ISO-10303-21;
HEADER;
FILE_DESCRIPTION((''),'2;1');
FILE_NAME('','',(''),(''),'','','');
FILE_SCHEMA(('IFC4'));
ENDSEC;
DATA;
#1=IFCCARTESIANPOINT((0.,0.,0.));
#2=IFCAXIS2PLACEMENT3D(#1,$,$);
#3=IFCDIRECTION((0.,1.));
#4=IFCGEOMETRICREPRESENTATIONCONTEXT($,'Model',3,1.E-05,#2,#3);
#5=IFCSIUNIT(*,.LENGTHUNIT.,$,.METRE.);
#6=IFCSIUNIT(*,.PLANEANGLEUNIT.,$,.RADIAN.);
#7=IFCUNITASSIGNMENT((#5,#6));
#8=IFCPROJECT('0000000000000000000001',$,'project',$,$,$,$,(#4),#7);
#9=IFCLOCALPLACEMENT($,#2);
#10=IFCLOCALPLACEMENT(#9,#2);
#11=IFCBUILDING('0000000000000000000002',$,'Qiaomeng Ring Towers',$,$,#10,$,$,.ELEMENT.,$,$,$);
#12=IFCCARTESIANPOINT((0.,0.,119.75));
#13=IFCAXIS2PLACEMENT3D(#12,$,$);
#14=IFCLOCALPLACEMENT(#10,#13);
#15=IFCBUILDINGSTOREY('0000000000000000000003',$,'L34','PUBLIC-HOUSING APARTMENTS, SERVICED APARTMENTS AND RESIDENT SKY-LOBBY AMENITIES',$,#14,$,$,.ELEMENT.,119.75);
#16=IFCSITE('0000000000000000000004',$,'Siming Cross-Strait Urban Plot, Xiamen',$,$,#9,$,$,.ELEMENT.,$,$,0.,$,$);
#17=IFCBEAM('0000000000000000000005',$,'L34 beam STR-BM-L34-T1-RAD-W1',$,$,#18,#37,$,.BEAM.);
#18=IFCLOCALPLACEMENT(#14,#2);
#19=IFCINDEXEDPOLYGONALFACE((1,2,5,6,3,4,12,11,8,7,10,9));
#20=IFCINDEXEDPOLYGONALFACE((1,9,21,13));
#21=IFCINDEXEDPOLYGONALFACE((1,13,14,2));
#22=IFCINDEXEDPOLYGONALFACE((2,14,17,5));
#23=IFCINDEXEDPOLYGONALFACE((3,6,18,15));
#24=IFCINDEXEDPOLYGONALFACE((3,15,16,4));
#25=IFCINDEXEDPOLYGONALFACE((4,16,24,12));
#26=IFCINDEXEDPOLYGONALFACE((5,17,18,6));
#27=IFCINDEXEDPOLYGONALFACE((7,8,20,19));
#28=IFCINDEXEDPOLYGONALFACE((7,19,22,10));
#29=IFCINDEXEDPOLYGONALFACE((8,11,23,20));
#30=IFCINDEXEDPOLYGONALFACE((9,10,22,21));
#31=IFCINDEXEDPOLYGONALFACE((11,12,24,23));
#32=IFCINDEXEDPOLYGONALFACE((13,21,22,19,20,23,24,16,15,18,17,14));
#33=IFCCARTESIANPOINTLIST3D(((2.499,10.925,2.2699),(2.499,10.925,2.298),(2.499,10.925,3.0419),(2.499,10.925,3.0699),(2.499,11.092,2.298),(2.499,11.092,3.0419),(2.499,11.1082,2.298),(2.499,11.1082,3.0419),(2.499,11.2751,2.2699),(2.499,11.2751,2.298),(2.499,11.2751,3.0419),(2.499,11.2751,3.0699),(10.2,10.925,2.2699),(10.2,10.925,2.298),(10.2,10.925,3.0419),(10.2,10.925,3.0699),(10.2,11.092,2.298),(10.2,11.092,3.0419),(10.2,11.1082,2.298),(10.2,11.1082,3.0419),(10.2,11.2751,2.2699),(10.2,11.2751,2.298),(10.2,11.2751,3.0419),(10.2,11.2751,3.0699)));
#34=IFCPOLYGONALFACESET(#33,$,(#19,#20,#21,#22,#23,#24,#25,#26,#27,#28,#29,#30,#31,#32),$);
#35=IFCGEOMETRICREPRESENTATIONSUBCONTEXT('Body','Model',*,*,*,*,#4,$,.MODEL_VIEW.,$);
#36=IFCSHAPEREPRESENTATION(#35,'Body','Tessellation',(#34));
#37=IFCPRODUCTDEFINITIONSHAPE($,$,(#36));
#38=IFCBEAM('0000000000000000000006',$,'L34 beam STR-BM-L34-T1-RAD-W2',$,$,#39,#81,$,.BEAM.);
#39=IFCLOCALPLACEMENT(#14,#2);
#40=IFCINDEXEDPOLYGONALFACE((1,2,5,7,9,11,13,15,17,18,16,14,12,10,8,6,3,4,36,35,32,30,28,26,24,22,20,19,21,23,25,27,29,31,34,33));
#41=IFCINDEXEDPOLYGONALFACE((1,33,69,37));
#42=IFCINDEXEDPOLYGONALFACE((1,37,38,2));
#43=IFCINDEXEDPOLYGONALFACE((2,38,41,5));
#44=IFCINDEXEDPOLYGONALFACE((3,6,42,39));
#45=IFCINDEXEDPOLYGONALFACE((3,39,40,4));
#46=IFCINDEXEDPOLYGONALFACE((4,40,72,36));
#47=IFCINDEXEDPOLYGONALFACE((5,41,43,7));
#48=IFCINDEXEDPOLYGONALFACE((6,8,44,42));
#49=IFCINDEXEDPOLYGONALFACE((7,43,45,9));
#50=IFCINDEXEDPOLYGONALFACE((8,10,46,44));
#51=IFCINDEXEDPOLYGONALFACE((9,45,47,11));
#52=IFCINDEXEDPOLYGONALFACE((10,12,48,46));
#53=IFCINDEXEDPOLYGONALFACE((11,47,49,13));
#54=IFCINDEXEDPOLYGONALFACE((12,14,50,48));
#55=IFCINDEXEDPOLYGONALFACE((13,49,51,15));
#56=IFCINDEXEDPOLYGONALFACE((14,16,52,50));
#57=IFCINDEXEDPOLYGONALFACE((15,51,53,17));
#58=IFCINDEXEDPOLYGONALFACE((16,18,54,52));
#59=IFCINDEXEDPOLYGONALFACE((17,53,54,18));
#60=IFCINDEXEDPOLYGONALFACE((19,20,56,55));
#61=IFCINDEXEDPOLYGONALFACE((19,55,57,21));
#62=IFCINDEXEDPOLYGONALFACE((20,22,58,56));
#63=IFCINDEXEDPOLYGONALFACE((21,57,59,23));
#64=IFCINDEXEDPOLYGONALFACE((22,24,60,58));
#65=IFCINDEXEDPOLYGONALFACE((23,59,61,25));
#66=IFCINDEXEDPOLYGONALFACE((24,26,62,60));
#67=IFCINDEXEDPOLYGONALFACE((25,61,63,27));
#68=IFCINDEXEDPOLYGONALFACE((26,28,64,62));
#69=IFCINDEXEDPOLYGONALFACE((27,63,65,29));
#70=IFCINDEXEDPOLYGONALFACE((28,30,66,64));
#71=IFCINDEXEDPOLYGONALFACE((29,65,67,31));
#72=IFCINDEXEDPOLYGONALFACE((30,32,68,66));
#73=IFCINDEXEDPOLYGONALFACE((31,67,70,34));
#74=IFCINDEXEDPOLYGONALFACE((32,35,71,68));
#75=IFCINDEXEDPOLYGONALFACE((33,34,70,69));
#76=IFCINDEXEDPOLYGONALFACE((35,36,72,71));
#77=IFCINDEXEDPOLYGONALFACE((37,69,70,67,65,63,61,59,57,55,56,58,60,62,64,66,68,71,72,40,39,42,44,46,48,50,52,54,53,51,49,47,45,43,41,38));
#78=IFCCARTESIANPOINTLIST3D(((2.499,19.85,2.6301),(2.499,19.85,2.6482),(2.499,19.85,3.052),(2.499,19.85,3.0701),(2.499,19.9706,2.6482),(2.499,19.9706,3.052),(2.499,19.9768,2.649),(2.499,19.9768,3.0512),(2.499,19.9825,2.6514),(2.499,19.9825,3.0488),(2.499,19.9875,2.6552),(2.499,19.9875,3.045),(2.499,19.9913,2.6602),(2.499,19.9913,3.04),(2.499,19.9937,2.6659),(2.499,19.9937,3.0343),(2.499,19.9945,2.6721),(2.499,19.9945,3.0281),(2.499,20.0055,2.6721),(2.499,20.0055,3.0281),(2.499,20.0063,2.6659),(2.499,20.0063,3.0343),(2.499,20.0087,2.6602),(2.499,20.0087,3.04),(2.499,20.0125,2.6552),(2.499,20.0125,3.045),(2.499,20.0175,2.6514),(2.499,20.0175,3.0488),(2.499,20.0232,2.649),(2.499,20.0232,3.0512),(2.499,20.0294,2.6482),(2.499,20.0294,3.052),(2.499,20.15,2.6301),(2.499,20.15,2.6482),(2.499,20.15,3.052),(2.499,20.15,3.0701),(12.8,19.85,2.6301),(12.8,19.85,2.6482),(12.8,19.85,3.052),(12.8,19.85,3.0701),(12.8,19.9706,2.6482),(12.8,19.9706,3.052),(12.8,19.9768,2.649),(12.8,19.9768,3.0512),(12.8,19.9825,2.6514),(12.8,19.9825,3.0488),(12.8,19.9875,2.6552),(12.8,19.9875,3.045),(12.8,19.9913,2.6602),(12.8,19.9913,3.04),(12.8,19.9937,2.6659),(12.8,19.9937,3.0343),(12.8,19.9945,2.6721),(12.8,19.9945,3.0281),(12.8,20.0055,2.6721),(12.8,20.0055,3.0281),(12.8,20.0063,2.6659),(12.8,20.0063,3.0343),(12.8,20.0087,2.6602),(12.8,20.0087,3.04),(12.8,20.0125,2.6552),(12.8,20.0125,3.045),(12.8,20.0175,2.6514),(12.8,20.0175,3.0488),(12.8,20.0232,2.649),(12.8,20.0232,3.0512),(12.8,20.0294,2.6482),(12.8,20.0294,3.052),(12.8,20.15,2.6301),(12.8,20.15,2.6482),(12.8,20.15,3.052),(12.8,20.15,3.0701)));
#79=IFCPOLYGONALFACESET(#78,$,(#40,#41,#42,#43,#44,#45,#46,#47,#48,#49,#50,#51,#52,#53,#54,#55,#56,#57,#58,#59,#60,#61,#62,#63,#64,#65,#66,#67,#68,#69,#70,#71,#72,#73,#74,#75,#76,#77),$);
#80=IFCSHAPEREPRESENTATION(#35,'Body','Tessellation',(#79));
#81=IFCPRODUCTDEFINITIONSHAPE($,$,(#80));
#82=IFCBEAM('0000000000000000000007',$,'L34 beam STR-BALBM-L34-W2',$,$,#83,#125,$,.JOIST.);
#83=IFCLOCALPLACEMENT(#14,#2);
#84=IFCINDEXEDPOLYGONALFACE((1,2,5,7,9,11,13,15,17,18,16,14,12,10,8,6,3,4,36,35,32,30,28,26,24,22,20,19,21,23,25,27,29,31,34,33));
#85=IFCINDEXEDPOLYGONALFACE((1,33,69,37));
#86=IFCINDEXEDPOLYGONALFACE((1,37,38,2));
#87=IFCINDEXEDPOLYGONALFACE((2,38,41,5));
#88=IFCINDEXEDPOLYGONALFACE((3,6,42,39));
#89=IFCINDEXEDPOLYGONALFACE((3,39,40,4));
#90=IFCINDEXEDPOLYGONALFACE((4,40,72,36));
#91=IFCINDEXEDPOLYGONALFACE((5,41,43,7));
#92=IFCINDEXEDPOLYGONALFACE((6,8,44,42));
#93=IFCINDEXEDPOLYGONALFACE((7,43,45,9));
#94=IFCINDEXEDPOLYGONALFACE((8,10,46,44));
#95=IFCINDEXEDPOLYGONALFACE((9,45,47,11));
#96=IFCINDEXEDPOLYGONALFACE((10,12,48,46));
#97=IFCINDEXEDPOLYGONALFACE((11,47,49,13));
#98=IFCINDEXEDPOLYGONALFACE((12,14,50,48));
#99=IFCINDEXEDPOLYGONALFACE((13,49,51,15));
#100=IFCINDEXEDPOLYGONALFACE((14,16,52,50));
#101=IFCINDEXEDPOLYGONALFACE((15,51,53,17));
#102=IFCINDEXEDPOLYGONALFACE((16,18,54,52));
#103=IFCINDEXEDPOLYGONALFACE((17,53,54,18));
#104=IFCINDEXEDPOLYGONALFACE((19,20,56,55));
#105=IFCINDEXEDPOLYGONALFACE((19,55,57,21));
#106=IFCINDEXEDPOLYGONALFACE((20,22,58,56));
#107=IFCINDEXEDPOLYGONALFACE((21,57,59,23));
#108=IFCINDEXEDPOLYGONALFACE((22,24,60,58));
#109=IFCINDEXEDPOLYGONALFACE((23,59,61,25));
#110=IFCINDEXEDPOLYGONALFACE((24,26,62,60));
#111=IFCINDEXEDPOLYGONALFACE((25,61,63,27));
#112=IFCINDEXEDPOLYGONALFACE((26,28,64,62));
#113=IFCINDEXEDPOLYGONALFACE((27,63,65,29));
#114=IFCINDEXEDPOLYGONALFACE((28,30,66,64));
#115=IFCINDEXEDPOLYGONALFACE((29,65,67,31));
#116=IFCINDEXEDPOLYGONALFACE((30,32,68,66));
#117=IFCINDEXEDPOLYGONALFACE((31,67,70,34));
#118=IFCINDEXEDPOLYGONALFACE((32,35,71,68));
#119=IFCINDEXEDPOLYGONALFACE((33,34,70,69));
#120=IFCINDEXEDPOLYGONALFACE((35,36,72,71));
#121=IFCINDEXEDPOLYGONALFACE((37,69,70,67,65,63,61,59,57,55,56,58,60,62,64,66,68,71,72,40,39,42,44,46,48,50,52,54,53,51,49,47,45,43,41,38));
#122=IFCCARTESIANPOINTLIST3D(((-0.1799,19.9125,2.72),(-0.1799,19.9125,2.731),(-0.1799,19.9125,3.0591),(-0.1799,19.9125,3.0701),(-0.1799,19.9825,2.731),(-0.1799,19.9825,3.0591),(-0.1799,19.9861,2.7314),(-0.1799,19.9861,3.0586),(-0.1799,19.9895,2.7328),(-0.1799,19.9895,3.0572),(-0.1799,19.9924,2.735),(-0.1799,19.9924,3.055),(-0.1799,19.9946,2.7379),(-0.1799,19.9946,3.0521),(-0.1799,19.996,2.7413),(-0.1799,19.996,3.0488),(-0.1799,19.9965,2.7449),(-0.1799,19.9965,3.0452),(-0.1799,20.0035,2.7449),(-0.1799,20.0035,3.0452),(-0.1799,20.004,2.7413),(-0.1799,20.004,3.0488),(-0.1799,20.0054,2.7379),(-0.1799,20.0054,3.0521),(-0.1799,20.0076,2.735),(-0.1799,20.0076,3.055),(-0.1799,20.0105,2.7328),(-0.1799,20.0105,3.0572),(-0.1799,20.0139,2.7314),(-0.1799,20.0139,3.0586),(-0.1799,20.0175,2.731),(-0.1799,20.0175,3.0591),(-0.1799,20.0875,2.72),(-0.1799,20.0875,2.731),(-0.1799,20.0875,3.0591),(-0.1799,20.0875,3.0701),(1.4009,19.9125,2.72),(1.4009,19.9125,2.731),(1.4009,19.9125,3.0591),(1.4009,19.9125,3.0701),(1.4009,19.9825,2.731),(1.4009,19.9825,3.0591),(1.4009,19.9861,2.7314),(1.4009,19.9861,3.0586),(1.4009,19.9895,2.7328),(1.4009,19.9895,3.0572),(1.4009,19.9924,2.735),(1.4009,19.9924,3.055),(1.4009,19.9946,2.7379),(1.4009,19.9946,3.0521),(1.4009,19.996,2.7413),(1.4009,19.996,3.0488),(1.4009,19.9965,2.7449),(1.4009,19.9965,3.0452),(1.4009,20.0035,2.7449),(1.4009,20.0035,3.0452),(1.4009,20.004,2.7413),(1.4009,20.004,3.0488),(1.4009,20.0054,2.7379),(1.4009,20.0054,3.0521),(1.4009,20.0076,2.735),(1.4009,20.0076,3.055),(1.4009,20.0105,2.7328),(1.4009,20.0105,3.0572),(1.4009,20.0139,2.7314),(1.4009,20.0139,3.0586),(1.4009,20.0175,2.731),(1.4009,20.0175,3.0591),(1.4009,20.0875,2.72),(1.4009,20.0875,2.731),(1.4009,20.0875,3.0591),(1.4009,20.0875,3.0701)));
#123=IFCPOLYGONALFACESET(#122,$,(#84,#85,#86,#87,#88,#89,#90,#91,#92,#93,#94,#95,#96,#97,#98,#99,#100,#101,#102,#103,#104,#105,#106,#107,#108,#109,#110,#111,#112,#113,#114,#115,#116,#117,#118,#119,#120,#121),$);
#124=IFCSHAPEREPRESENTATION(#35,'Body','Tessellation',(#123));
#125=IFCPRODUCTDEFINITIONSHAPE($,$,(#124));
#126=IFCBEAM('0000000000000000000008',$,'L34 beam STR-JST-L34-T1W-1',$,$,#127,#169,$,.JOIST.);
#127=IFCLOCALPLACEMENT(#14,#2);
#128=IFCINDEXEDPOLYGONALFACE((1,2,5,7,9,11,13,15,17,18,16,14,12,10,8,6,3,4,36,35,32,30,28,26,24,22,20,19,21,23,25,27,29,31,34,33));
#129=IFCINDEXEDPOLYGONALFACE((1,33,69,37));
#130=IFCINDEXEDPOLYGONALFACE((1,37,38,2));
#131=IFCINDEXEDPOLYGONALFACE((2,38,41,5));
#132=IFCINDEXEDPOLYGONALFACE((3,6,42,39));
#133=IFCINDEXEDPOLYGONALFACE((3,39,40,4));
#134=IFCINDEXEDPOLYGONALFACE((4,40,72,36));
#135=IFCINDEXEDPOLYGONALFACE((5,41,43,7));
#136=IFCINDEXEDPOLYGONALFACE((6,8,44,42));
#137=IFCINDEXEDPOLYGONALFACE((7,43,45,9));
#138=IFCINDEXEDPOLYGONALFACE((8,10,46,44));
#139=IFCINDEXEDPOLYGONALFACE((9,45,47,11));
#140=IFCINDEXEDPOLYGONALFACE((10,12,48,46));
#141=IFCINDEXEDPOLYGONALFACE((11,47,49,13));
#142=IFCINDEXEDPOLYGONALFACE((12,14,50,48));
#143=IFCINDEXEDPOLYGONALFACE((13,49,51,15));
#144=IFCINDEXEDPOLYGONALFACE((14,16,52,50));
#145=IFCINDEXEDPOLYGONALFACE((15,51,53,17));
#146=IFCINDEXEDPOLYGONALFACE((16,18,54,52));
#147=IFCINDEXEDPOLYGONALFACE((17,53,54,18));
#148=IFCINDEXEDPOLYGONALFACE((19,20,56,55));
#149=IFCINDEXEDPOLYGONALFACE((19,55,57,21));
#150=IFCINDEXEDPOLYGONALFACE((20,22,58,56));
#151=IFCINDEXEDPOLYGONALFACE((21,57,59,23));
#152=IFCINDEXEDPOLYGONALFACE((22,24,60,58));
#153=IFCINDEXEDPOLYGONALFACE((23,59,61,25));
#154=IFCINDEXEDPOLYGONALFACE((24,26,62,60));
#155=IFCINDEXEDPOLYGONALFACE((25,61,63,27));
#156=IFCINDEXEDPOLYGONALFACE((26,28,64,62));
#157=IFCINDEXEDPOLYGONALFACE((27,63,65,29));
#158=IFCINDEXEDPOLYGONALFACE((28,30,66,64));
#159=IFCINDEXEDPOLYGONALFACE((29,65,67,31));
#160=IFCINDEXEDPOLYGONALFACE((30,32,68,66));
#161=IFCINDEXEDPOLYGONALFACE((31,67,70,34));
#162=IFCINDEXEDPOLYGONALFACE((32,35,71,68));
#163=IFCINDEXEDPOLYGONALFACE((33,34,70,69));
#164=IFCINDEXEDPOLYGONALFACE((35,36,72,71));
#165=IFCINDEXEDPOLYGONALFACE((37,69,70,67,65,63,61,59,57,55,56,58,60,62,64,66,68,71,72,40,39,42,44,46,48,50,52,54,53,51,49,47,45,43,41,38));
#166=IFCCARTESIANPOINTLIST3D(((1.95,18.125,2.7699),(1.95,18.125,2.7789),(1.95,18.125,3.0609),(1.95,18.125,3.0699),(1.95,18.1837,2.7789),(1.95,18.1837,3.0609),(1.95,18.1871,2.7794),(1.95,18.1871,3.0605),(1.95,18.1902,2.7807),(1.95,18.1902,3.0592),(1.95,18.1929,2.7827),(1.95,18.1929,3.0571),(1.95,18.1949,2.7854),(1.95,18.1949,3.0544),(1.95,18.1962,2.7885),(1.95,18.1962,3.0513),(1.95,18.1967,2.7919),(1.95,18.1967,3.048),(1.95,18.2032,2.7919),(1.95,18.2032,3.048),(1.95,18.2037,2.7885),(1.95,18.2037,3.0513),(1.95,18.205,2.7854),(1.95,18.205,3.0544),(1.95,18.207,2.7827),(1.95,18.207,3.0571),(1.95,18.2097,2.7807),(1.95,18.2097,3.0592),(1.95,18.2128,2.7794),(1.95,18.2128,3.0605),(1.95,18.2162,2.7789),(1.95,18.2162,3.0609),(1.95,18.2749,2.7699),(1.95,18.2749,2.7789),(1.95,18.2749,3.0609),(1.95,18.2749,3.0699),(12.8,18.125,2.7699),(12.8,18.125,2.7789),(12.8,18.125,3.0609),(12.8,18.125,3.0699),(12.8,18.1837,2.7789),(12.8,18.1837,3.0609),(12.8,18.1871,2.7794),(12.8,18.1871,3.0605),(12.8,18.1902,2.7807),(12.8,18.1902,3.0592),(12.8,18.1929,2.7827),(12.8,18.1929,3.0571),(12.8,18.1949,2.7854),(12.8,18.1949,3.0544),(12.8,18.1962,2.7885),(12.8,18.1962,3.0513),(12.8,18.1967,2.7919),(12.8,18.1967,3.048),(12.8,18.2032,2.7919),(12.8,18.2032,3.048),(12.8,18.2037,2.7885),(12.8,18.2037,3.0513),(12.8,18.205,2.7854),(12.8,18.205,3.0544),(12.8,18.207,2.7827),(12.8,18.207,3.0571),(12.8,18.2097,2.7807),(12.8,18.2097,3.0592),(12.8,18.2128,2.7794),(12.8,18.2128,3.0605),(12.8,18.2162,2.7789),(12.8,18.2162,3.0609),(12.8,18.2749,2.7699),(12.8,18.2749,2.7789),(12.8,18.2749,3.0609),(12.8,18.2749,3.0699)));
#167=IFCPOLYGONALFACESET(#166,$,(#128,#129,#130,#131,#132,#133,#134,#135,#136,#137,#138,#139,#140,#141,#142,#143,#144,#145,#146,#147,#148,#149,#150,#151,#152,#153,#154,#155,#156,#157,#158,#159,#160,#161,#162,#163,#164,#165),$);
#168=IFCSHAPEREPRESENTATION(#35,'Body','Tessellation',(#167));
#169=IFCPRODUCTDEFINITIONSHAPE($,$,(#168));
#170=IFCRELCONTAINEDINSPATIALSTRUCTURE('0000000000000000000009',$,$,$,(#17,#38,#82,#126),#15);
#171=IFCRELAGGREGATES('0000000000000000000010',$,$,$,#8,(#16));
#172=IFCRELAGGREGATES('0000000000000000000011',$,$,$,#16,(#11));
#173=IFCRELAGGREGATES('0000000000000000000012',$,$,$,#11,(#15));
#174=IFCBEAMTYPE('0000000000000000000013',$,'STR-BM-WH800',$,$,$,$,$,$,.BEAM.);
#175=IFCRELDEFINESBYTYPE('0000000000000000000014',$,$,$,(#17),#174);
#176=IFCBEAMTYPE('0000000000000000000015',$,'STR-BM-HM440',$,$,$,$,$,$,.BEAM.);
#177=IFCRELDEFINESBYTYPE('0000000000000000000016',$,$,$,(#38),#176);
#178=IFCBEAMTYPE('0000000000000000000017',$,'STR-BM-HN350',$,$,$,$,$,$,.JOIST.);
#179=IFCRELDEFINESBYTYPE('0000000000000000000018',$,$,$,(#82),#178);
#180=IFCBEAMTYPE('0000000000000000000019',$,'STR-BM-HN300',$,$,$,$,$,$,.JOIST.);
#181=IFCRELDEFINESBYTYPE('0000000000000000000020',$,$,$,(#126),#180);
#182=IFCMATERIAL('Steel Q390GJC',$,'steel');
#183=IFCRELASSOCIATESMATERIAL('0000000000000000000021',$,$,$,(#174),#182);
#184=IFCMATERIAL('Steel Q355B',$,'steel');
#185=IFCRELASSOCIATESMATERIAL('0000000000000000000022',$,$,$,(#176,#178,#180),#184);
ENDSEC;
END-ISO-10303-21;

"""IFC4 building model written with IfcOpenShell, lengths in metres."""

from ifc_helpers import new_model, si_unit, direction, frame, origin, origin_2d, place, context, subcontext, project, spatial, i_section, extrude, source, transform, mapped, material, material_profile, profile_set, type_object, element, save


model = new_model("IFC4")

# Units and contexts
model_context = context("Model", 3, precision=1e-05, world=origin(), true_north=direction((0.0, 1.0)))
body_context = subcontext(model_context, "Body", "Model", "MODEL_VIEW")
ifc_project = project(units=[si_unit("LENGTHUNIT", "METRE"), si_unit("PLANEANGLEUNIT", "RADIAN")], contexts=[model_context])

# Site, building, storey
site_placement = place(None, origin())
site = spatial("IfcSite", under=ifc_project, at=site_placement, Name="Siming Cross-Strait Urban Plot, Xiamen", CompositionType="ELEMENT", RefElevation=0.0)
building_placement = place(site_placement, origin())
building = spatial("IfcBuilding", under=site, at=building_placement, Name="Qiaomeng Ring Towers", CompositionType="ELEMENT")
storey_placement = place(building_placement, frame((0.0, 0.0, 119.75)))
storey = spatial("IfcBuildingStorey", under=building, at=storey_placement, Name="L34", Description="PUBLIC-HOUSING APARTMENTS, SERVICED APARTMENTS AND RESIDENT SKY-LOBBY AMENITIES", CompositionType="ELEMENT", Elevation=119.75)

# Beams
ifc_material_1 = material(Name="Steel Q355B", Category="steel")
ifc_material_2 = material(Name="Steel Q390GJC", Category="steel")
ifc_material_profile_1 = material_profile(ifc_material_2, i_section(OverallWidth=0.3501, OverallDepth=0.8, WebThickness=0.0161, FlangeThickness=0.0281, at=origin_2d()), Name="WH 800x350x16x28")
ifc_profile_set_1 = profile_set([ifc_material_profile_1], Name="Steel Q390GJC")
beam_type_1 = type_object("IfcBeamType", Name="STR-BM-WH800", PredefinedType="BEAM", material=ifc_profile_set_1)
shared_shape_1 = source(origin(), body_context, "Body", "SweptSolid", [
    extrude(i_section(OverallWidth=0.3501, OverallDepth=0.8, WebThickness=0.0161, FlangeThickness=0.0281, at=origin_2d()), origin(), (0.0, 0.0, 1.0), 7.7009),
])
beam_1_placement = place(storey_placement, frame((2.499, 11.1001, 2.6699), z_axis=(1.0, 0.0, 0.0), x_axis=(0.0, 1.0, 0.0)))
element("IfcBeam", 1, at=beam_1_placement, inside=storey, type_object=beam_type_1, Name="L34 beam STR-BM-L34-T1-RAD-W1", PredefinedType="BEAM", context=body_context, shape_type="MappedRepresentation", body=[
    mapped(shared_shape_1, transform((0.0, 0.0, 0.0), x_axis=(1.0, 0.0, 0.0), y_axis=(0.0, 1.0, 0.0), z_axis=(0.0, 0.0, 1.0), scale=1.0)),
])
ifc_material_profile_2 = material_profile(ifc_material_1, i_section(OverallWidth=0.3, OverallDepth=0.4399, WebThickness=0.011, FlangeThickness=0.0181, FilletRadius=0.0239, at=origin_2d()), Name="HM 440x300x11x18")
ifc_profile_set_2 = profile_set([ifc_material_profile_2], Name="Steel Q355B")
beam_type_2 = type_object("IfcBeamType", Name="STR-BM-HM440", PredefinedType="BEAM", material=ifc_profile_set_2)
shared_shape_2 = source(origin(), body_context, "Body", "SweptSolid", [
    extrude(i_section(OverallWidth=0.3, OverallDepth=0.4399, WebThickness=0.011, FlangeThickness=0.0181, FilletRadius=0.0239, at=origin_2d()), origin(), (0.0, 0.0, 1.0), 10.301),
])
beam_2_placement = place(storey_placement, frame((2.499, 20.0, 2.8501), z_axis=(1.0, 0.0, 0.0), x_axis=(0.0, 1.0, 0.0)))
element("IfcBeam", 2, at=beam_2_placement, inside=storey, type_object=beam_type_2, Name="L34 beam STR-BM-L34-T1-RAD-W2", PredefinedType="BEAM", context=body_context, shape_type="MappedRepresentation", body=[
    mapped(shared_shape_2, transform((0.0, 0.0, 0.0), x_axis=(1.0, 0.0, 0.0), y_axis=(0.0, 1.0, 0.0), z_axis=(0.0, 0.0, 1.0), scale=1.0)),
])
ifc_material_profile_3 = material_profile(ifc_material_1, i_section(OverallWidth=0.175, OverallDepth=0.3501, WebThickness=0.0071, FlangeThickness=0.011, FilletRadius=0.0139, at=origin_2d()), Name="HN 350x175x7x11")
ifc_profile_set_3 = profile_set([ifc_material_profile_3], Name="Steel Q355B")
beam_type_3 = type_object("IfcBeamType", Name="STR-BM-HN350", PredefinedType="JOIST", material=ifc_profile_set_3)
shared_shape_3 = source(origin(), body_context, "Body", "SweptSolid", [
    extrude(i_section(OverallWidth=0.175, OverallDepth=0.3501, WebThickness=0.0071, FlangeThickness=0.011, FilletRadius=0.0139, at=origin_2d()), origin(), (0.0, 0.0, 1.0), 1.5808),
])
beam_3_placement = place(storey_placement, frame((-0.1799, 20.0, 2.895), z_axis=(1.0, 0.0, 0.0), x_axis=(0.0, 1.0, 0.0)))
element("IfcBeam", 3, at=beam_3_placement, inside=storey, type_object=beam_type_3, Name="L34 beam STR-BALBM-L34-W2", PredefinedType="JOIST", context=body_context, shape_type="MappedRepresentation", body=[
    mapped(shared_shape_3, transform((0.0, 0.0, 0.0), x_axis=(1.0, 0.0, 0.0), y_axis=(0.0, 1.0, 0.0), z_axis=(0.0, 0.0, 1.0), scale=1.0)),
])
ifc_material_profile_4 = material_profile(ifc_material_1, i_section(OverallWidth=0.1499, OverallDepth=0.3, WebThickness=0.0066, FlangeThickness=0.009, FilletRadius=0.0129, at=origin_2d()), Name="HN 300x150x6.5x9")
ifc_profile_set_4 = profile_set([ifc_material_profile_4], Name="Steel Q355B")
beam_type_4 = type_object("IfcBeamType", Name="STR-BM-HN300", PredefinedType="JOIST", material=ifc_profile_set_4)
shared_shape_4 = source(origin(), body_context, "Body", "SweptSolid", [
    extrude(i_section(OverallWidth=0.1499, OverallDepth=0.3, WebThickness=0.0066, FlangeThickness=0.009, FilletRadius=0.0129, at=origin_2d()), origin(), (0.0, 0.0, 1.0), 10.8501),
])
beam_4_placement = place(storey_placement, frame((1.95, 18.2, 2.9199), z_axis=(1.0, 0.0, 0.0), x_axis=(0.0, 1.0, 0.0)))
element("IfcBeam", 4, at=beam_4_placement, inside=storey, type_object=beam_type_4, Name="L34 beam STR-JST-L34-T1W-1", PredefinedType="JOIST", context=body_context, shape_type="MappedRepresentation", body=[
    mapped(shared_shape_4, transform((0.0, 0.0, 0.0), x_axis=(1.0, 0.0, 0.0), y_axis=(0.0, 1.0, 0.0), z_axis=(0.0, 0.0, 1.0), scale=1.0)),
])

save(model, "model.ifc")
